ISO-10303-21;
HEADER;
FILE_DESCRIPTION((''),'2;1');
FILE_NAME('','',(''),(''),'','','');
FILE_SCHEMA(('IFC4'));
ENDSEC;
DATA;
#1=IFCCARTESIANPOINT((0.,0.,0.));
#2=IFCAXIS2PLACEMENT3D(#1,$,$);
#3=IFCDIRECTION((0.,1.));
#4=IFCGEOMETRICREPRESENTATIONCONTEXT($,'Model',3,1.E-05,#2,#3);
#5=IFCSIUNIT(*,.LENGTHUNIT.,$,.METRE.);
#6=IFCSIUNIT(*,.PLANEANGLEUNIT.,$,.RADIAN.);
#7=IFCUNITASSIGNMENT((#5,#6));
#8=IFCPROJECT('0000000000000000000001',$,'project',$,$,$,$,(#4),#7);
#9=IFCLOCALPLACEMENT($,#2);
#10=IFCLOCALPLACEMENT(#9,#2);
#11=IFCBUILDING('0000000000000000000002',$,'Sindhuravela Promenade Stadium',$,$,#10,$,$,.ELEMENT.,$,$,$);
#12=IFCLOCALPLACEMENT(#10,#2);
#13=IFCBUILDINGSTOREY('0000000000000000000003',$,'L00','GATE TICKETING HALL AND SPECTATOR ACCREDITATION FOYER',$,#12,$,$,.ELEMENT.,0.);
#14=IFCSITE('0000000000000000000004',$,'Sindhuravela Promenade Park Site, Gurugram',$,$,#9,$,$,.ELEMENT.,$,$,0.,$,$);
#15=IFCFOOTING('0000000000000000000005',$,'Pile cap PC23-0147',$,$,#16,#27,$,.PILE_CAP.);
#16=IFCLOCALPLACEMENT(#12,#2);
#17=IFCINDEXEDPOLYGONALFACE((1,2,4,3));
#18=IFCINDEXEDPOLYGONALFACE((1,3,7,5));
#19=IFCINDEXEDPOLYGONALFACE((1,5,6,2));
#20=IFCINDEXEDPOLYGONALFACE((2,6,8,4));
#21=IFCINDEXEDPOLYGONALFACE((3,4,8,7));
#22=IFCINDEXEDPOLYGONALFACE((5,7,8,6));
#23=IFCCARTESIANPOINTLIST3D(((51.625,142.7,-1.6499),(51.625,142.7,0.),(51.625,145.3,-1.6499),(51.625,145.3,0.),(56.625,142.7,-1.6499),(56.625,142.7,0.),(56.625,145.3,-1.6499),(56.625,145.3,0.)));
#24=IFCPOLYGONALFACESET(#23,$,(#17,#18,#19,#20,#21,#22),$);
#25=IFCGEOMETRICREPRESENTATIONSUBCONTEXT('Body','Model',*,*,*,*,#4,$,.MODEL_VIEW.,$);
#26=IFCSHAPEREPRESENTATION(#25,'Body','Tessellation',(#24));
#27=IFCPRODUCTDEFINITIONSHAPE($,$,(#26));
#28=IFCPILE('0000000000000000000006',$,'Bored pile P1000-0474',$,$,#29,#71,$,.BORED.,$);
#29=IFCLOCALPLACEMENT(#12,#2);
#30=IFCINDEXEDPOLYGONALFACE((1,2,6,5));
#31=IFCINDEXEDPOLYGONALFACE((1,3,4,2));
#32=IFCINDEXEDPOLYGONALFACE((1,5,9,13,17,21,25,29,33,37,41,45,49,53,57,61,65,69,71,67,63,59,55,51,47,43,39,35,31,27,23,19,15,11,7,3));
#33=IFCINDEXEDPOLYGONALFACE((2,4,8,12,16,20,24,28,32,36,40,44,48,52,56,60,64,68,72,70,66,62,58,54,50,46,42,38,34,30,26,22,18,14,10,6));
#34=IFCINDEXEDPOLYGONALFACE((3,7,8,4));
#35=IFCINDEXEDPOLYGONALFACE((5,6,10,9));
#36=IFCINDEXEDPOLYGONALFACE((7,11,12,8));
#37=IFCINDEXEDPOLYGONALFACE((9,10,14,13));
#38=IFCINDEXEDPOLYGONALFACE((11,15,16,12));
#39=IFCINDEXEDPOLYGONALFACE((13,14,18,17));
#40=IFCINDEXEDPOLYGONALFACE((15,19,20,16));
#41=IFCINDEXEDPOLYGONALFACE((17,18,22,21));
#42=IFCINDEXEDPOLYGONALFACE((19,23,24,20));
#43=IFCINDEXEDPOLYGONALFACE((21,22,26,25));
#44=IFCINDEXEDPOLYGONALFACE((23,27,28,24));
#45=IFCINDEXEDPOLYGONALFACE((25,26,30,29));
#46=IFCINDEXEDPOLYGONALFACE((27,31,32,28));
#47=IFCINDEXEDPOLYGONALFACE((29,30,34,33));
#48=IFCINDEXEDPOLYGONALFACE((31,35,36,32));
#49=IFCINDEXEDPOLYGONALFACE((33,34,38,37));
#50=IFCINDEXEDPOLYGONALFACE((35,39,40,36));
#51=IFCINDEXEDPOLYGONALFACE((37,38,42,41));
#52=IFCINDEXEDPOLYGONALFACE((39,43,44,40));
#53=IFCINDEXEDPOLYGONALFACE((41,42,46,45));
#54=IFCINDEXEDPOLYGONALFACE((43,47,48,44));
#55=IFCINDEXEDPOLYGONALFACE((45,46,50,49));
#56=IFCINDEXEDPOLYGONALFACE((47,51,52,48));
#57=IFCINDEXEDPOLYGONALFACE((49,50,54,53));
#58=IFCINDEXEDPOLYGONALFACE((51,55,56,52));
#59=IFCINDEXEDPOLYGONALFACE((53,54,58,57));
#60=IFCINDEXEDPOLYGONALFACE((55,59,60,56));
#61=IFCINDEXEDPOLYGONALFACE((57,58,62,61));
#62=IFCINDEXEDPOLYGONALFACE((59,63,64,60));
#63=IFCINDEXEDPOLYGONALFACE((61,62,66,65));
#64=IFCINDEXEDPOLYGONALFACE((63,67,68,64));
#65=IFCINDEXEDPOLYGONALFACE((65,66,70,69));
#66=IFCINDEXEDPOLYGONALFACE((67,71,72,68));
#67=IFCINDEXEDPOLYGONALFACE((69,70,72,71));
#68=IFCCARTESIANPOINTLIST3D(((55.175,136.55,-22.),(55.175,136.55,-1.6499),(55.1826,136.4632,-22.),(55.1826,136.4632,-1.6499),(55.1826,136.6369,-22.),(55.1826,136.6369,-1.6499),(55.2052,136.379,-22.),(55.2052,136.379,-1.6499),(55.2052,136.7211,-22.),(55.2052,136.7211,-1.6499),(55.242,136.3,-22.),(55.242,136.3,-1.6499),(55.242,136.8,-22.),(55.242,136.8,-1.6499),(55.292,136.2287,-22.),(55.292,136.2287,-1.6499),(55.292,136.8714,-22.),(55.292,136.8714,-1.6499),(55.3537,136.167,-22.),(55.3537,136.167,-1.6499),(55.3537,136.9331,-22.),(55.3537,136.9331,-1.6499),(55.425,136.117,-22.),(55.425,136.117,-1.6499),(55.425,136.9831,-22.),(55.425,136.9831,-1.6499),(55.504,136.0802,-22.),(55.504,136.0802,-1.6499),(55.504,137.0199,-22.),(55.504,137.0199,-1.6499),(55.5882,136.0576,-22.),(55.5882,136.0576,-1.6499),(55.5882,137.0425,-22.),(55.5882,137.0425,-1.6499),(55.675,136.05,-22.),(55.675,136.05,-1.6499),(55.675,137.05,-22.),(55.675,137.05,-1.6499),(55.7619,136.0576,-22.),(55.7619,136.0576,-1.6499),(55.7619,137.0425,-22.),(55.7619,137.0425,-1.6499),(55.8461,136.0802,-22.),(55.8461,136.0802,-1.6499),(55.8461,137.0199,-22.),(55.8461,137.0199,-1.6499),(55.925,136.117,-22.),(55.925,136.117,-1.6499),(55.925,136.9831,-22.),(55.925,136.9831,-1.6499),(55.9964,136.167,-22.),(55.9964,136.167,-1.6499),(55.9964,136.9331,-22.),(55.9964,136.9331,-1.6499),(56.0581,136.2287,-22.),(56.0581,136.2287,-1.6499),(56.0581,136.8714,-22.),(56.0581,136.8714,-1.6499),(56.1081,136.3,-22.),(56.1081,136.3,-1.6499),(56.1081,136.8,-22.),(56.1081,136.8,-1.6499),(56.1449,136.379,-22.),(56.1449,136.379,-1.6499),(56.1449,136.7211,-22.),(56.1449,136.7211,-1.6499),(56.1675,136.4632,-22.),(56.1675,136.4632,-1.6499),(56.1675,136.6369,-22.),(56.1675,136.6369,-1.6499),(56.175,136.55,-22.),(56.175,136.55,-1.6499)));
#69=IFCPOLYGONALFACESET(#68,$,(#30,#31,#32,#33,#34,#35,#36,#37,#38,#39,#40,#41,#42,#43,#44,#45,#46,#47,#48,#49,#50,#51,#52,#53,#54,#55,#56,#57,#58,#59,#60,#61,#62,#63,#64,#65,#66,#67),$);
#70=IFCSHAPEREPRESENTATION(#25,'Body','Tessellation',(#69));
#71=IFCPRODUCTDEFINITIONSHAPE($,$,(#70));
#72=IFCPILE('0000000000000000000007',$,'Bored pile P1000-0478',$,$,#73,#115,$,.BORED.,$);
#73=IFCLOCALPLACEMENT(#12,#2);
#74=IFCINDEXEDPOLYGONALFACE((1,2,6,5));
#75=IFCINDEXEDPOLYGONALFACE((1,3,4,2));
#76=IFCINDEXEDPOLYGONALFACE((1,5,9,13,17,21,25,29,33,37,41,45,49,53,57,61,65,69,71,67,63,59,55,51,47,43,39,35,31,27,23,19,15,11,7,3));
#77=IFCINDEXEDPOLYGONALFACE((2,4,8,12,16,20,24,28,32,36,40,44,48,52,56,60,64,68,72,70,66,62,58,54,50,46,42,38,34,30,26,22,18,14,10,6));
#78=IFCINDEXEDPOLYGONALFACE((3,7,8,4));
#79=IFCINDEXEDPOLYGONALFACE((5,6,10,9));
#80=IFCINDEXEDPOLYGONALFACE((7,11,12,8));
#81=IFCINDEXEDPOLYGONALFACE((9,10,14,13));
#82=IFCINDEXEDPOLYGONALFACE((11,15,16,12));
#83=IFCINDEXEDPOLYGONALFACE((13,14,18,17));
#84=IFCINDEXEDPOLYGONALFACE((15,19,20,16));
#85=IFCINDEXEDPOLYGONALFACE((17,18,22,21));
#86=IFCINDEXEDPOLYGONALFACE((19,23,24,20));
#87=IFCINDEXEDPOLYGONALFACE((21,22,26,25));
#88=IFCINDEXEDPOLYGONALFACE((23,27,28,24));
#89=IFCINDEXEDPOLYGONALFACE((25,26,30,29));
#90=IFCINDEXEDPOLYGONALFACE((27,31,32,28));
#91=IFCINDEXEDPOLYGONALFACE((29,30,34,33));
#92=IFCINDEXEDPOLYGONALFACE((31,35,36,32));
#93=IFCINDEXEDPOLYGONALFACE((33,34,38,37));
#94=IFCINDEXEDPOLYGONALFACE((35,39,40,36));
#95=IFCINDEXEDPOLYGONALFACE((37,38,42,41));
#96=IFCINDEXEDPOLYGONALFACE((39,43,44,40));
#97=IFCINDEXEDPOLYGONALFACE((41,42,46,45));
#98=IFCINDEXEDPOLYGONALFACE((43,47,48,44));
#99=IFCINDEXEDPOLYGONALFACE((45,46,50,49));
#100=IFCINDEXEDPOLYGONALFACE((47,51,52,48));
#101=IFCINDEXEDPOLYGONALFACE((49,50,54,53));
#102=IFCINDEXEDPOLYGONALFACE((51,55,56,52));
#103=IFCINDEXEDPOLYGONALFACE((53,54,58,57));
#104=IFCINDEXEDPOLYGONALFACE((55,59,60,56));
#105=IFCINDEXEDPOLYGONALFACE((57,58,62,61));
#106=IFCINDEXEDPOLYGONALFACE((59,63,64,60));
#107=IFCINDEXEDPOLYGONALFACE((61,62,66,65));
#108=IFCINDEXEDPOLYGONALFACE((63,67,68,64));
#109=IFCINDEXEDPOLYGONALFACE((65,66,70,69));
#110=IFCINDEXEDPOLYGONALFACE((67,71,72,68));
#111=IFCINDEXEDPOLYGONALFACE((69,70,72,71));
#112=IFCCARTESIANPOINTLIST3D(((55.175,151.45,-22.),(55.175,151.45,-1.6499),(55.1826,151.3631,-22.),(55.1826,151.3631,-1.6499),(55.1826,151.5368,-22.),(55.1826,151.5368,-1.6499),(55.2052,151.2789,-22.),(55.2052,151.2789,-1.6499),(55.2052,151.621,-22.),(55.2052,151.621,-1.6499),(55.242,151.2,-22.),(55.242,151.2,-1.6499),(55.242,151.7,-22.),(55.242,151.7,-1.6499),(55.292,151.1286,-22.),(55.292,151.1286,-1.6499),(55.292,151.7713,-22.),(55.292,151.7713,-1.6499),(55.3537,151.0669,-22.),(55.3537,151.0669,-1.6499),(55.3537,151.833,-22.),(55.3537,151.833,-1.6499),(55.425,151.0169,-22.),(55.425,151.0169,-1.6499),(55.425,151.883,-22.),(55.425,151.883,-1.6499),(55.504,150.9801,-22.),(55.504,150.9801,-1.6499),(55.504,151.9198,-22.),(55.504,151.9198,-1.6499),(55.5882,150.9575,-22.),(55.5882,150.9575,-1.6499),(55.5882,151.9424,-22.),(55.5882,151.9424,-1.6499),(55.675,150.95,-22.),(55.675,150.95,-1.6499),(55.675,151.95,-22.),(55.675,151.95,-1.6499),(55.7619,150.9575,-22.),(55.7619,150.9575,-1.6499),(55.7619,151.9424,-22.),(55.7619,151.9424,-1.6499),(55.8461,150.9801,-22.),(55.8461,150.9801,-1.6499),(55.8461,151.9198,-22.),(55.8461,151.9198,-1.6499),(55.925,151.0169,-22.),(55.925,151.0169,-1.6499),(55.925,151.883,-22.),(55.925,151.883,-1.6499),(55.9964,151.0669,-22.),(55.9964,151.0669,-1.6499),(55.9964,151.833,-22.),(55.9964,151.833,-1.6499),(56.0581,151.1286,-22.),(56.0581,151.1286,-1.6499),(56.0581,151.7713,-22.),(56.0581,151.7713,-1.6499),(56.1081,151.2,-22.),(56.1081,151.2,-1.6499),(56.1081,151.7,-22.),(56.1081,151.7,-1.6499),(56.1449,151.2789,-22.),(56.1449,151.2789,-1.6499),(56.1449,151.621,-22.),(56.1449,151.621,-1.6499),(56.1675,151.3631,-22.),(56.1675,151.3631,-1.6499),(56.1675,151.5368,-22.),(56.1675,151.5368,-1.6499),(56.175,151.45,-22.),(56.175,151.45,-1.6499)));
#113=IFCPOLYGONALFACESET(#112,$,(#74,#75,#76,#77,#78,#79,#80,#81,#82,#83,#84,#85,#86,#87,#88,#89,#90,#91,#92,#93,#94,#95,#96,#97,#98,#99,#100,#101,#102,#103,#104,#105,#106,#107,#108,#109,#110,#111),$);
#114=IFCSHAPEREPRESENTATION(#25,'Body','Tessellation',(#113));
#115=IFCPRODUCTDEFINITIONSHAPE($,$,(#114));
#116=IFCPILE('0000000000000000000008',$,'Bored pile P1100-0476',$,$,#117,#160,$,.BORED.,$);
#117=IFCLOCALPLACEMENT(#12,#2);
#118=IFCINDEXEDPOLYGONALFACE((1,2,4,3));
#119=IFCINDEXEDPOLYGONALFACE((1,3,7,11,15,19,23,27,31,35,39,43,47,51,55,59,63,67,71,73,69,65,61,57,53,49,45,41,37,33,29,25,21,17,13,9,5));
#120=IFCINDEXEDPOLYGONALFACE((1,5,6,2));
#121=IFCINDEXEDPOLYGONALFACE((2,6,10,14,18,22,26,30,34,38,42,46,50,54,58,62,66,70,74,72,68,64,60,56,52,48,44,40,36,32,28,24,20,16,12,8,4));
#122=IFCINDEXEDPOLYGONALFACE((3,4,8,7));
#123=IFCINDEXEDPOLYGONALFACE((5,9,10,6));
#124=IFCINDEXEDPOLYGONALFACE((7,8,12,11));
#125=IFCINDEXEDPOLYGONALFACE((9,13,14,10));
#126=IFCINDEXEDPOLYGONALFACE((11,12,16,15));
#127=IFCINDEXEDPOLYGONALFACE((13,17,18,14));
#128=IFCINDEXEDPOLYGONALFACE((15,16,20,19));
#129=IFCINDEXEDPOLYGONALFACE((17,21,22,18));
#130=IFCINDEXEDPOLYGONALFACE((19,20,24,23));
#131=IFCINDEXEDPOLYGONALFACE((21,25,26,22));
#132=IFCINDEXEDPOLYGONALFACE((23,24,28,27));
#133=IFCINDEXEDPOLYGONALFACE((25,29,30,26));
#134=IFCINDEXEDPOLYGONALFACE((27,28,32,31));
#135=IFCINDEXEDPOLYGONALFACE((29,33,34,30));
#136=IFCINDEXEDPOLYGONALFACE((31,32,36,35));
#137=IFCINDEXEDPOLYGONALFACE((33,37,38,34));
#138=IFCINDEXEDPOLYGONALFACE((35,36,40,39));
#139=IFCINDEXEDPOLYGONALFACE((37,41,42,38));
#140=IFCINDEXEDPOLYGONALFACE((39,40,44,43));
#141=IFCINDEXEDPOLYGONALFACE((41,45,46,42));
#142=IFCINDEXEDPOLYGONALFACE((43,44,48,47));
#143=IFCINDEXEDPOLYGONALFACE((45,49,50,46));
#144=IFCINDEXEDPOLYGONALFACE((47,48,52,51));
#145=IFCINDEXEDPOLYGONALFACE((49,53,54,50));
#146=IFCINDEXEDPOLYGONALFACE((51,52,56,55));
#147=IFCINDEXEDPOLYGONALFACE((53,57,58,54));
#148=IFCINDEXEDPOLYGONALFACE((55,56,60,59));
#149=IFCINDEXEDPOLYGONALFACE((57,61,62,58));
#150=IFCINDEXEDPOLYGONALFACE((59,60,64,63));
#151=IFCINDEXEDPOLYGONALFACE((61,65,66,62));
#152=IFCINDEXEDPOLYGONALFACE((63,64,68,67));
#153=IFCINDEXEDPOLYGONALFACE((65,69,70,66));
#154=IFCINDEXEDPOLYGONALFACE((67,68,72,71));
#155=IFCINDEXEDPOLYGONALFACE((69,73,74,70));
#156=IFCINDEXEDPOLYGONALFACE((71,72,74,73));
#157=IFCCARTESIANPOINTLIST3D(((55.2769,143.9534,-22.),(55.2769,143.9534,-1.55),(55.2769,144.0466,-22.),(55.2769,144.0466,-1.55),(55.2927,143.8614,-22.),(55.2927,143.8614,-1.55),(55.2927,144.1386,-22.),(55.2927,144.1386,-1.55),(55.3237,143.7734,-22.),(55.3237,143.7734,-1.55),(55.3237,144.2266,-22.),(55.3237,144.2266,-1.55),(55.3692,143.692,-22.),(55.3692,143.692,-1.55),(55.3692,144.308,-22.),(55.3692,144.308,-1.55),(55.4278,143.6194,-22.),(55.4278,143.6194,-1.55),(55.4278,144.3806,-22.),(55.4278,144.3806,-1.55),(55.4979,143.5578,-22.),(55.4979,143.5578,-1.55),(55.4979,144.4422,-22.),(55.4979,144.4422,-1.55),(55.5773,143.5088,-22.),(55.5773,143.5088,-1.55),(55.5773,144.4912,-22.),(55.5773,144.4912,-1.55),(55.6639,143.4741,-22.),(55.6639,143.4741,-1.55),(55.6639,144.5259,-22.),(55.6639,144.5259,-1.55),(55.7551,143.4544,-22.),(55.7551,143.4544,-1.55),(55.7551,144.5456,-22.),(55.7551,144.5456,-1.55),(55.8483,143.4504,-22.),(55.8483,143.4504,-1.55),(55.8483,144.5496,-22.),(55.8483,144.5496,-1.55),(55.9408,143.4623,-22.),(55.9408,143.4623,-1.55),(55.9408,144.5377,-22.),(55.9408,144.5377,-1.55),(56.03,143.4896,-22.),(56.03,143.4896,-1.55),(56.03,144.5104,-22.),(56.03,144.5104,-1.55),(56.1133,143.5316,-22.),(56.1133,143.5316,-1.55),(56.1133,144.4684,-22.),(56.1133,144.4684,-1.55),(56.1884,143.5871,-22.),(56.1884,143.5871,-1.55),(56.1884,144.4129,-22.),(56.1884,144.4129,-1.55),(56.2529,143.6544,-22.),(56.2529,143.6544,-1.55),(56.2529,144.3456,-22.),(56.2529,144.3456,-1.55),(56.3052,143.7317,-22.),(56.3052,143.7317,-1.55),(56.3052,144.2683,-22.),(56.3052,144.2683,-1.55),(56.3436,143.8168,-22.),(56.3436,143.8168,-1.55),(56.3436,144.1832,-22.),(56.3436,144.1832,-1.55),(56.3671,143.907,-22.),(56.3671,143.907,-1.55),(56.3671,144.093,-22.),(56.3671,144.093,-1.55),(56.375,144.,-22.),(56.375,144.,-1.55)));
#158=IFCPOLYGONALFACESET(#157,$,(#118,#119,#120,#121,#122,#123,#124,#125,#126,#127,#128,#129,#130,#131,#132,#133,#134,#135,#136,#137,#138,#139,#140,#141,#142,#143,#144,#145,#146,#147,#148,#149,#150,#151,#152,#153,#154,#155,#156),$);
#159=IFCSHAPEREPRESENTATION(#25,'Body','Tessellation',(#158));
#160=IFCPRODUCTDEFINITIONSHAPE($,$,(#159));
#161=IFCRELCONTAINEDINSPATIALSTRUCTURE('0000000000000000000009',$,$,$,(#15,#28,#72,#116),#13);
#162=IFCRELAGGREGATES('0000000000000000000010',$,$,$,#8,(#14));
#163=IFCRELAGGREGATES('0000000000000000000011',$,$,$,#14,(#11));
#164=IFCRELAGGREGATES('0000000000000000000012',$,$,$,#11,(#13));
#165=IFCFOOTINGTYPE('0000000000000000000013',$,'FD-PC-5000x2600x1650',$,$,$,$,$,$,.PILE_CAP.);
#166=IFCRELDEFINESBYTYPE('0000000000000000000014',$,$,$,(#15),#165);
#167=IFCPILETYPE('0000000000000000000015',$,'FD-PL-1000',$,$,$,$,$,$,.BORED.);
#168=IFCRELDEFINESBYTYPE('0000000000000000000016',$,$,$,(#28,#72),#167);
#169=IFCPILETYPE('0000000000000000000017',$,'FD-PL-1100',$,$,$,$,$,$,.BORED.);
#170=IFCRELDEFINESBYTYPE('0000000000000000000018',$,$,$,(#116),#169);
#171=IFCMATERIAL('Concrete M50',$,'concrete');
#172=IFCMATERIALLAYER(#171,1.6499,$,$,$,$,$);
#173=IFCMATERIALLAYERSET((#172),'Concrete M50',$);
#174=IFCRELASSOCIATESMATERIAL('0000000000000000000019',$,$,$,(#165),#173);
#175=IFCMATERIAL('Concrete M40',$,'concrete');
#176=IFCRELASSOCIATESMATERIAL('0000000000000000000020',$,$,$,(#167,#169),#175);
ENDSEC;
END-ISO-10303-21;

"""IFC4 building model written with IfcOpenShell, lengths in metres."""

from ifc_helpers import new_model, si_unit, direction, frame, origin, origin_2d, place, context, subcontext, project, spatial, rectangle, circle, extrude, material, layer, layer_set, material_profile, profile_set, type_object, element, save


model = new_model("IFC4")

# Units and contexts
model_context = context("Model", 3, precision=1e-05, world=origin(), true_north=direction((0.0, 1.0)))
body_context = subcontext(model_context, "Body", "Model", "MODEL_VIEW")
ifc_project = project(units=[si_unit("LENGTHUNIT", "METRE"), si_unit("PLANEANGLEUNIT", "RADIAN")], contexts=[model_context])

# Site, building, storey
site_placement = place(None, origin())
site = spatial("IfcSite", under=ifc_project, at=site_placement, Name="Sindhuravela Promenade Park Site, Gurugram", CompositionType="ELEMENT", RefElevation=0.0)
building_placement = place(site_placement, origin())
building = spatial("IfcBuilding", under=site, at=building_placement, Name="Sindhuravela Promenade Stadium", CompositionType="ELEMENT")
storey_placement = place(building_placement, origin())
storey = spatial("IfcBuildingStorey", under=building, at=storey_placement, Name="L00", Description="GATE TICKETING HALL AND SPECTATOR ACCREDITATION FOYER", CompositionType="ELEMENT", Elevation=0.0)

# Footing
ifc_material_1 = material(Name="Concrete M50", Category="concrete")
ifc_layer_1 = layer(ifc_material_1, 1.6499)
ifc_layer_set_1 = layer_set([ifc_layer_1], Name="Concrete M50")
footing_type = type_object("IfcFootingType", Name="FD-PC-5000x2600x1650", PredefinedType="PILE_CAP", material=ifc_layer_set_1)
footing_placement = place(storey_placement, frame((54.125, 144.0, -1.6499), z_axis=(0.0, 0.0, 1.0), x_axis=(1.0, 0.0, 0.0)))
element("IfcFooting", 1, at=footing_placement, inside=storey, type_object=footing_type, Name="Pile cap PC23-0147", PredefinedType="PILE_CAP", context=body_context, shape_type="SweptSolid", body=[
    extrude(rectangle(XDim=5.0, YDim=2.6001, at=origin_2d()), origin(), (0.0, 0.0, 1.0), 1.6499),
])

# Piles
ifc_material_2 = material(Name="Concrete M40", Category="concrete")
ifc_material_profile_1 = material_profile(ifc_material_2, circle(Radius=0.5, at=origin_2d()), Name="BORED PILE D1000")
ifc_profile_set_1 = profile_set([ifc_material_profile_1], Name="Concrete M40")
pile_type_1 = type_object("IfcPileType", Name="FD-PL-1000", PredefinedType="BORED", material=ifc_profile_set_1)
for number, where, z_axis, x_axis, name in (
    (2, (55.675, 136.55, -1.6499), (0.0, 0.0, -1.0), (1.0, 0.0, 0.0), "Bored pile P1000-0474"),
    (3, (55.675, 151.45, -1.6499), (0.0, 0.0, -1.0), (1.0, 0.0, 0.0), "Bored pile P1000-0478"),
):
    element("IfcPile", number, at=place(storey_placement, frame(where, z_axis=z_axis, x_axis=x_axis)), inside=storey, type_object=pile_type_1, Name=name, PredefinedType="BORED", context=body_context, shape_type="SweptSolid", body=[
        extrude(circle(Radius=0.5, at=origin_2d()), origin(), (0.0, 0.0, 1.0), 20.3501),
    ])
ifc_material_profile_2 = material_profile(ifc_material_2, circle(Radius=0.55, at=origin_2d()), Name="BORED PILE D1100")
ifc_profile_set_2 = profile_set([ifc_material_profile_2], Name="Concrete M40")
pile_type_2 = type_object("IfcPileType", Name="FD-PL-1100", PredefinedType="BORED", material=ifc_profile_set_2)
pile_placement = place(storey_placement, frame((55.825, 144.0, -1.55), z_axis=(0.0, 0.0, -1.0), x_axis=(1.0, 0.0, 0.0)))
element("IfcPile", 4, at=pile_placement, inside=storey, type_object=pile_type_2, Name="Bored pile P1100-0476", PredefinedType="BORED", context=body_context, shape_type="SweptSolid", body=[
    extrude(circle(Radius=0.55, at=origin_2d()), origin(), (0.0, 0.0, 1.0), 20.45),
])

save(model, "model.ifc")
